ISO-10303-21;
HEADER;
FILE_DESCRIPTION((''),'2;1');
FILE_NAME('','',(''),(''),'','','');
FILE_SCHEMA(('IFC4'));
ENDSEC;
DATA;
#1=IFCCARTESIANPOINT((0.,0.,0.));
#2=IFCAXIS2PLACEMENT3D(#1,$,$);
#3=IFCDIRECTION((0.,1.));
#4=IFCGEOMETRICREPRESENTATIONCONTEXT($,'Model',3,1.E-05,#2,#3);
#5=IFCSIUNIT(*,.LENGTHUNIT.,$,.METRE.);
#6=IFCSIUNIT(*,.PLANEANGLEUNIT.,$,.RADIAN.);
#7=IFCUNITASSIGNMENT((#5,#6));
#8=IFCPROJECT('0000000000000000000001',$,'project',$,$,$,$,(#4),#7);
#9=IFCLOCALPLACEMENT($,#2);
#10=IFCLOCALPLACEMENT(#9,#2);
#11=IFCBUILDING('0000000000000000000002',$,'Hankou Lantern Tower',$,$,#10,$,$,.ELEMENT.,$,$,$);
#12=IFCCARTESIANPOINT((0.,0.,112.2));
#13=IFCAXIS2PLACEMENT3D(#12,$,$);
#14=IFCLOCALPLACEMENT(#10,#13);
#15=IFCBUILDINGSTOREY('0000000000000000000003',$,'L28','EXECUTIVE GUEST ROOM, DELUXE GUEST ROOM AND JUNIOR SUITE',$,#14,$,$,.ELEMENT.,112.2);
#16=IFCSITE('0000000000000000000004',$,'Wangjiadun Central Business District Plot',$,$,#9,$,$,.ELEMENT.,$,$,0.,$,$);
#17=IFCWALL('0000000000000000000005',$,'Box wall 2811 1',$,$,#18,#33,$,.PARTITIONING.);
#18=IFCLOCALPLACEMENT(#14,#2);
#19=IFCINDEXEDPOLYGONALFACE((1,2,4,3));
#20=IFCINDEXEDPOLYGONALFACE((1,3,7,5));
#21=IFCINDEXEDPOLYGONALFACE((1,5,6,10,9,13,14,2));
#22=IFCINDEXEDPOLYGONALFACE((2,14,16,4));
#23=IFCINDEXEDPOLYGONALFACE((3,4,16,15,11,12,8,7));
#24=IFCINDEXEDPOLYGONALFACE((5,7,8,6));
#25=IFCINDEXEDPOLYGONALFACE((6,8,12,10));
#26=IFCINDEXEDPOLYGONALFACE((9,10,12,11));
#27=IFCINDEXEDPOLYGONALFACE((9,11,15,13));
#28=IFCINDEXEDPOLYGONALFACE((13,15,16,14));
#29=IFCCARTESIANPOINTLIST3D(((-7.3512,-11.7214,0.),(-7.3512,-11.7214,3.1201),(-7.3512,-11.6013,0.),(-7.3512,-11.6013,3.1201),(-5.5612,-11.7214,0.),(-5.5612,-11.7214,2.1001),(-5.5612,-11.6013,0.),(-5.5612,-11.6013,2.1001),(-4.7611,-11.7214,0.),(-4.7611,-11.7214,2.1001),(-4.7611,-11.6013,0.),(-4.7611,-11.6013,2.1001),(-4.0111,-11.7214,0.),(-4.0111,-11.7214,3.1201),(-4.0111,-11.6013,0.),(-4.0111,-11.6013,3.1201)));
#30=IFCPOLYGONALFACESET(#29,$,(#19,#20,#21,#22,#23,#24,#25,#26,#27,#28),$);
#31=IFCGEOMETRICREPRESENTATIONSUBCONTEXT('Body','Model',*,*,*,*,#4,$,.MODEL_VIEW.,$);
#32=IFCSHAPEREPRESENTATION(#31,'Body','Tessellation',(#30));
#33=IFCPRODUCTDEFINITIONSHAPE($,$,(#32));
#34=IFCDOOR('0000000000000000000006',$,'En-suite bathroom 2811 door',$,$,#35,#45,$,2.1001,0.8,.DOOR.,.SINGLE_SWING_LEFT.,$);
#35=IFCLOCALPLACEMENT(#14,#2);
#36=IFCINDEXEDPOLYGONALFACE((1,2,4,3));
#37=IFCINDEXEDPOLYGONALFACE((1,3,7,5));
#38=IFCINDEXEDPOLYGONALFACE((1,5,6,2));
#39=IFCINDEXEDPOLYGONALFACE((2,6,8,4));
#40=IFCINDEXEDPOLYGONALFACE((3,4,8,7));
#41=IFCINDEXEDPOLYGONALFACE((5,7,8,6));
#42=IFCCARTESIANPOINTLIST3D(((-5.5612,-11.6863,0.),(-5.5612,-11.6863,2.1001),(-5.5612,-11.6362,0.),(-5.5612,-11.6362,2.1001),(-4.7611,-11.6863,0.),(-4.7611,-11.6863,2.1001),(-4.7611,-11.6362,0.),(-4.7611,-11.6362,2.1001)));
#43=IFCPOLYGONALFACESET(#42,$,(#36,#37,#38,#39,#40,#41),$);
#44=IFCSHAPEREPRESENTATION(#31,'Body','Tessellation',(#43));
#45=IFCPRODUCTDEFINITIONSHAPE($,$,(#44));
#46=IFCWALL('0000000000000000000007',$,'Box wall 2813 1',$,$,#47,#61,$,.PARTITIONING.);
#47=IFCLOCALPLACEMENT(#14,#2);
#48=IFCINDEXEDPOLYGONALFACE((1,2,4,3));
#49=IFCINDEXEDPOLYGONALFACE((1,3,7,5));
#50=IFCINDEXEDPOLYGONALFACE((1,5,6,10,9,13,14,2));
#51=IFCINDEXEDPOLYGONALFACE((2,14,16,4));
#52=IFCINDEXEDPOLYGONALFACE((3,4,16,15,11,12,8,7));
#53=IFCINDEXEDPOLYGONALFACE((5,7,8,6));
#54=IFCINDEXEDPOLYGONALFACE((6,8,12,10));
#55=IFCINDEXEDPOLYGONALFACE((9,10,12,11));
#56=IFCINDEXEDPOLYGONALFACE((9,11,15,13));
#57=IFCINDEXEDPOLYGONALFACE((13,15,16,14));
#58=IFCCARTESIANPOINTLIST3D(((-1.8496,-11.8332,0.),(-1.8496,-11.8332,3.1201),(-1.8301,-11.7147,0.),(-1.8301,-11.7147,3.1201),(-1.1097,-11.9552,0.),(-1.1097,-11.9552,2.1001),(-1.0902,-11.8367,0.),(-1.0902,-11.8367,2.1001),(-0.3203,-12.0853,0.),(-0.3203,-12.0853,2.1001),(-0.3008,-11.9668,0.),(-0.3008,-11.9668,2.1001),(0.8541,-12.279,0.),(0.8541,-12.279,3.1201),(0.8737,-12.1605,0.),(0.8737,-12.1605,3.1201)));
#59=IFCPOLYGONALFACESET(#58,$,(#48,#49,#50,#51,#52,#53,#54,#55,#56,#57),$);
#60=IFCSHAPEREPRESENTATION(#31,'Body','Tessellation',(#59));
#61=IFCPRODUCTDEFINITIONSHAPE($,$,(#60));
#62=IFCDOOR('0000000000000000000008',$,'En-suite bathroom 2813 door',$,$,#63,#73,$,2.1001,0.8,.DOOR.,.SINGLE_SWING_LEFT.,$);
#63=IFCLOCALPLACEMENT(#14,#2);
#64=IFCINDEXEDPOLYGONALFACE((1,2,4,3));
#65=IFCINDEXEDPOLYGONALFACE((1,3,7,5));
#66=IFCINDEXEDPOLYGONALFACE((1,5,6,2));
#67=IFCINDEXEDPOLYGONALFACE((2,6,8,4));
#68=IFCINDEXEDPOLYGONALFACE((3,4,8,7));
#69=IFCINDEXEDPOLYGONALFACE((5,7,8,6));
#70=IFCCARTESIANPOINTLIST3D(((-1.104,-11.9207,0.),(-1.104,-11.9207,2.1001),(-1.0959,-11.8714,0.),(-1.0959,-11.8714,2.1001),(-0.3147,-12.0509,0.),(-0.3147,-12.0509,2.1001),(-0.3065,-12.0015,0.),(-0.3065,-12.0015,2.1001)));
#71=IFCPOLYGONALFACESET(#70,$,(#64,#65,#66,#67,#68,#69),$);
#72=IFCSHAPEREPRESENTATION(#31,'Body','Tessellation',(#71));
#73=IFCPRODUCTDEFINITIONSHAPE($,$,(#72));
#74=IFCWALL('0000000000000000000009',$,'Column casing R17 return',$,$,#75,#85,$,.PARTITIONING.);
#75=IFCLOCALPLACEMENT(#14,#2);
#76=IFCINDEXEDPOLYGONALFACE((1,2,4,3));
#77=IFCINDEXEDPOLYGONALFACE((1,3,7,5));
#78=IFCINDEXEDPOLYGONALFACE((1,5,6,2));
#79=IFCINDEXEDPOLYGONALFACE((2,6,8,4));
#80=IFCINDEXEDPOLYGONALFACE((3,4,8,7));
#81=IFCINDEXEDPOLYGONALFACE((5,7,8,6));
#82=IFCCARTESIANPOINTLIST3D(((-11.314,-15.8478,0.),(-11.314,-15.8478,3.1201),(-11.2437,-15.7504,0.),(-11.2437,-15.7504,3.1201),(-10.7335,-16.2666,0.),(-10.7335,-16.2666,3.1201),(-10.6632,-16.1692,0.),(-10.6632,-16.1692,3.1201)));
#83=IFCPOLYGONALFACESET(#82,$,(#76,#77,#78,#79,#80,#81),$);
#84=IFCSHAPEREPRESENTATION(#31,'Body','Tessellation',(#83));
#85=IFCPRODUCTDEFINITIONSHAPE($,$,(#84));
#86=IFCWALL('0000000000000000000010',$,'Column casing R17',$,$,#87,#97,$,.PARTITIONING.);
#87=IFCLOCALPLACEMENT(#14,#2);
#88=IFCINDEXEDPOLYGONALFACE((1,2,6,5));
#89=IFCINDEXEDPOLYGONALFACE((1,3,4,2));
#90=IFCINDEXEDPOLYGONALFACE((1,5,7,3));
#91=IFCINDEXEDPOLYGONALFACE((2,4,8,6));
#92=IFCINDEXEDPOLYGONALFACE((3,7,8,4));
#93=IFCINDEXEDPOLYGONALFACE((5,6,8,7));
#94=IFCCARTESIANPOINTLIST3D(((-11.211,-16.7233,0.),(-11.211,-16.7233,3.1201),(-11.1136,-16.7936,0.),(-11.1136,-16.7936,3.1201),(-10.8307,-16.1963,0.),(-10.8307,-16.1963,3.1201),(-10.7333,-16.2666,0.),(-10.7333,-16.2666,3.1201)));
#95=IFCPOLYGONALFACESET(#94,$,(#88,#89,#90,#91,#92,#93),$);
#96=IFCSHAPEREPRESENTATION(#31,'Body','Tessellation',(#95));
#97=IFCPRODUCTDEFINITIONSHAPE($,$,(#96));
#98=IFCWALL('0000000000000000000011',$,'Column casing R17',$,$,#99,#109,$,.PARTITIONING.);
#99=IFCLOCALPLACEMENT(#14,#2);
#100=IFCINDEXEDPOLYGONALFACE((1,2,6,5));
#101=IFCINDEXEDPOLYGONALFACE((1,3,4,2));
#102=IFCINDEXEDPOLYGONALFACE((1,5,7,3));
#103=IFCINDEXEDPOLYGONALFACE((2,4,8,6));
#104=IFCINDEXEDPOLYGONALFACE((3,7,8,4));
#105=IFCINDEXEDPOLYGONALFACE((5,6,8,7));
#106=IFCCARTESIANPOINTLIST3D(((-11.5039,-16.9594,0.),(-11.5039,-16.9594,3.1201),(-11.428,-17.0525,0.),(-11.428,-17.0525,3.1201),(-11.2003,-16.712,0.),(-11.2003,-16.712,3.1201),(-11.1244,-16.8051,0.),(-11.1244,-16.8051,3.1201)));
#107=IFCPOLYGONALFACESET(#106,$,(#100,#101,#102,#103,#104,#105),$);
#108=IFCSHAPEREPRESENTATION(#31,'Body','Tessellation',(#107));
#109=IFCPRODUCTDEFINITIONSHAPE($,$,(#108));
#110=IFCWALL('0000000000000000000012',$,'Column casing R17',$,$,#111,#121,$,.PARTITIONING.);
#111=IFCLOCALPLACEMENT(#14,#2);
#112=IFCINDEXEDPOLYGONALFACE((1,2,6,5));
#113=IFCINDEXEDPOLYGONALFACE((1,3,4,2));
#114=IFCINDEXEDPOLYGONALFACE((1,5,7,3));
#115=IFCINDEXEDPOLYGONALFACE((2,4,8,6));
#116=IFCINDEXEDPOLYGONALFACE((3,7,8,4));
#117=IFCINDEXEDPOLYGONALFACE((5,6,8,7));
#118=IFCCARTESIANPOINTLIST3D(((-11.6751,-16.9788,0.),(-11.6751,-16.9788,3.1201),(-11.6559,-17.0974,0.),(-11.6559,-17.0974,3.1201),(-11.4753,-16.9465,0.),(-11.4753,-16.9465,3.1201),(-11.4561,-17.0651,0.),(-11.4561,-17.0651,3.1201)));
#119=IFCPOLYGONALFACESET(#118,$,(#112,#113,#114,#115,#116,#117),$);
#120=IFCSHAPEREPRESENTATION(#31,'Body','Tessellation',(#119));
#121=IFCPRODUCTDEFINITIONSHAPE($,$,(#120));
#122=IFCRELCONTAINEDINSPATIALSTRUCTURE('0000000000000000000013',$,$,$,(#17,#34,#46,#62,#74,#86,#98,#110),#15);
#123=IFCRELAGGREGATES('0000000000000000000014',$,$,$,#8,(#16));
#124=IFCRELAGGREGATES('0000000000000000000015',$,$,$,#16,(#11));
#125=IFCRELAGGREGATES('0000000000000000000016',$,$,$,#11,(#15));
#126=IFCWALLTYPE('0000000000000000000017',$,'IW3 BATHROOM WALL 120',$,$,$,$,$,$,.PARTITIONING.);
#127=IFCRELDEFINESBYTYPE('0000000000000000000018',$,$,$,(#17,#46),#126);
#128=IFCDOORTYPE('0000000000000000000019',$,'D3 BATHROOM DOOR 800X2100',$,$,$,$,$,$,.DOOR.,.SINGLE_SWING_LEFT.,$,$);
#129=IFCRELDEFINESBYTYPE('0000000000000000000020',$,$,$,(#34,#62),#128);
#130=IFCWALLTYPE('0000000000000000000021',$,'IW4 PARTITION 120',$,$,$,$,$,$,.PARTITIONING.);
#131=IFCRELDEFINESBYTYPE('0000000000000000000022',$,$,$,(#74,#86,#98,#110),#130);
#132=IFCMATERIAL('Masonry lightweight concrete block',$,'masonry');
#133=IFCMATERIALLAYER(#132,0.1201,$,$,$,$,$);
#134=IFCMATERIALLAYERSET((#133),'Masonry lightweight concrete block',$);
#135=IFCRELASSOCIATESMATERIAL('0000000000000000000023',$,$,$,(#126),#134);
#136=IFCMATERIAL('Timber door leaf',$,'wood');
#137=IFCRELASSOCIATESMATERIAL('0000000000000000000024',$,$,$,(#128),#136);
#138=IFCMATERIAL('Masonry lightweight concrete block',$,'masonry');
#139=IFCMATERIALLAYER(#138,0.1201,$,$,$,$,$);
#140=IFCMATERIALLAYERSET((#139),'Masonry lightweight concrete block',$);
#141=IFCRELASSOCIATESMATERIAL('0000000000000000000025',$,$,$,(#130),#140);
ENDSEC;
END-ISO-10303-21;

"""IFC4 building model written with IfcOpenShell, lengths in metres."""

from ifc_helpers import new_model, si_unit, direction, frame, frame_2d, origin, place, context, subcontext, project, spatial, rectangle, extrude, material, layer, layer_set, type_object, element, fill, save


model = new_model("IFC4")

# Units and contexts
model_context = context("Model", 3, precision=1e-05, world=origin(), true_north=direction((0.0, 1.0)))
body_context = subcontext(model_context, "Body", "Model", "MODEL_VIEW")
ifc_project = project(units=[si_unit("LENGTHUNIT", "METRE"), si_unit("PLANEANGLEUNIT", "RADIAN")], contexts=[model_context])

# Site, building, storey
site_placement = place(None, origin())
site = spatial("IfcSite", under=ifc_project, at=site_placement, Name="Wangjiadun Central Business District Plot", CompositionType="ELEMENT", RefElevation=0.0)
building_placement = place(site_placement, origin())
building = spatial("IfcBuilding", under=site, at=building_placement, Name="Hankou Lantern Tower", CompositionType="ELEMENT")
storey_placement = place(building_placement, frame((0.0, 0.0, 112.2)))
storey = spatial("IfcBuildingStorey", under=building, at=storey_placement, Name="L28", Description="EXECUTIVE GUEST ROOM, DELUXE GUEST ROOM AND JUNIOR SUITE", CompositionType="ELEMENT", Elevation=112.2)

# Walls, openings, doors
ifc_material_1 = material(Name="Masonry lightweight concrete block", Category="masonry")
ifc_layer_1 = layer(ifc_material_1, 0.1201)
ifc_layer_set_1 = layer_set([ifc_layer_1], Name="Masonry lightweight concrete block")
wall_type_1 = type_object("IfcWallType", Name="IW3 BATHROOM WALL 120", PredefinedType="PARTITIONING", material=ifc_layer_set_1)
wall_1_placement = place(storey_placement, frame((-4.0112, -11.6614, 0.0), z_axis=(0.0, 0.0, 1.0), x_axis=(-1.0, 0.0, 0.0)))
wall_1 = element("IfcWall", 1, at=wall_1_placement, inside=storey, type_object=wall_type_1, Name="Box wall 2811 1", PredefinedType="PARTITIONING", context=body_context, shape_type="SweptSolid", body=[
    extrude(rectangle(XDim=3.3401, YDim=0.1201, at=frame_2d((1.6699, 0.0))), origin(), (0.0, 0.0, 1.0), 3.1201),
])
opening_1_placement = place(wall_1_placement, frame((0.75, 0.0, 0.0)))
opening_1 = element("IfcOpeningElement", 2, at=opening_1_placement, cuts=wall_1, PredefinedType="OPENING", context=body_context, shape_type="SweptSolid", body=[
    extrude(rectangle(XDim=0.8, YDim=2.1001, at=frame_2d((0.3999, 1.05))), frame((0.0, 0.0701, 0.0), z_axis=(0.0, -1.0, 0.0), x_axis=(1.0, 0.0, 0.0)), (0.0, 0.0, 1.0), 0.1401),
])
ifc_material_2 = material(Name="Timber door leaf", Category="wood")
door_type = type_object("IfcDoorType", Name="D3 BATHROOM DOOR 800X2100", OperationType="SINGLE_SWING_LEFT", PredefinedType="DOOR", material=ifc_material_2)
door_1_placement = place(opening_1_placement, origin())
door_1 = element("IfcDoor", 3, at=door_1_placement, inside=storey, type_object=door_type, Name="En-suite bathroom 2811 door", OperationType="SINGLE_SWING_LEFT", OverallHeight=2.1001, OverallWidth=0.8, PredefinedType="DOOR", context=body_context, shape_type="SweptSolid", body=[
    extrude(rectangle(XDim=0.8, YDim=2.1001, at=frame_2d((0.3999, 1.05))), frame((0.0, 0.0249, 0.0), z_axis=(0.0, -1.0, 0.0), x_axis=(1.0, 0.0, 0.0)), (0.0, 0.0, 1.0), 0.05),
])
fill(opening_1, door_1)
wall_2_placement = place(storey_placement, frame((-1.8398, -11.7739, 0.0), z_axis=(0.0, 0.0, 1.0), x_axis=(0.986677, -0.162694, 0.0)))
wall_2 = element("IfcWall", 4, at=wall_2_placement, inside=storey, type_object=wall_type_1, Name="Box wall 2813 1", PredefinedType="PARTITIONING", context=body_context, shape_type="SweptSolid", body=[
    extrude(rectangle(XDim=2.7402, YDim=0.1201, at=frame_2d((1.3701, 0.0))), origin(), (0.0, 0.0, 1.0), 3.1201),
])
opening_2_placement = place(wall_2_placement, frame((0.75, 0.0, 0.0)))
opening_2 = element("IfcOpeningElement", 5, at=opening_2_placement, cuts=wall_2, PredefinedType="OPENING", context=body_context, shape_type="SweptSolid", body=[
    extrude(rectangle(XDim=0.8, YDim=2.1001, at=frame_2d((0.3999, 1.05))), frame((0.0, 0.0701, 0.0), z_axis=(0.0, -1.0, 0.0), x_axis=(1.0, 0.0, 0.0)), (0.0, 0.0, 1.0), 0.1401),
])
door_2_placement = place(opening_2_placement, origin())
door_2 = element("IfcDoor", 6, at=door_2_placement, inside=storey, type_object=door_type, Name="En-suite bathroom 2813 door", OperationType="SINGLE_SWING_LEFT", OverallHeight=2.1001, OverallWidth=0.8, PredefinedType="DOOR", context=body_context, shape_type="SweptSolid", body=[
    extrude(rectangle(XDim=0.8, YDim=2.1001, at=frame_2d((0.3999, 1.05))), frame((0.0, 0.0249, 0.0), z_axis=(0.0, -1.0, 0.0), x_axis=(1.0, 0.0, 0.0)), (0.0, 0.0, 1.0), 0.05),
])
fill(opening_2, door_2)

# Walls
ifc_material_3 = material(Name="Masonry lightweight concrete block", Category="masonry")
ifc_layer_2 = layer(ifc_material_3, 0.1201)
ifc_layer_set_2 = layer_set([ifc_layer_2], Name="Masonry lightweight concrete block")
wall_type_2 = type_object("IfcWallType", Name="IW4 PARTITION 120", PredefinedType="PARTITIONING", material=ifc_layer_set_2)
wall_3_placement = place(storey_placement, frame((-11.2788, -15.7991, 0.0), z_axis=(0.0, 0.0, 1.0), x_axis=(0.810913, -0.585167, 0.0)))
element("IfcWall", 7, at=wall_3_placement, inside=storey, type_object=wall_type_2, Name="Column casing R17 return", PredefinedType="PARTITIONING", context=body_context, shape_type="SweptSolid", body=[
    extrude(rectangle(XDim=0.7158, YDim=0.1201, at=frame_2d((0.3579, 0.0))), origin(), (0.0, 0.0, 1.0), 3.1201),
])
wall_4_placement = place(storey_placement, frame((-10.782, -16.2314, 0.0), z_axis=(0.0, 0.0, 1.0), x_axis=(-0.585175, -0.810907, 0.0)))
element("IfcWall", 8, at=wall_4_placement, inside=storey, type_object=wall_type_2, Name="Column casing R17", PredefinedType="PARTITIONING", context=body_context, shape_type="SweptSolid", body=[
    extrude(rectangle(XDim=0.6499, YDim=0.1201, at=frame_2d((0.325, 0.0))), origin(), (0.0, 0.0, 1.0), 3.1201),
])
wall_5_placement = place(storey_placement, frame((-11.1624, -16.7585, 0.0), z_axis=(0.0, 0.0, 1.0), x_axis=(-0.775178, -0.631742, 0.0)))
element("IfcWall", 9, at=wall_5_placement, inside=storey, type_object=wall_type_2, Name="Column casing R17", PredefinedType="PARTITIONING", context=body_context, shape_type="SweptSolid", body=[
    extrude(rectangle(XDim=0.3916, YDim=0.1201, at=frame_2d((0.1958, 0.0))), origin(), (0.0, 0.0, 1.0), 3.1201),
])
wall_6_placement = place(storey_placement, frame((-11.4658, -17.0059, 0.0), z_axis=(0.0, 0.0, 1.0), x_axis=(-0.987229, -0.159308, 0.0)))
element("IfcWall", 10, at=wall_6_placement, inside=storey, type_object=wall_type_2, Name="Column casing R17", PredefinedType="PARTITIONING", context=body_context, shape_type="SweptSolid", body=[
    extrude(rectangle(XDim=0.2024, YDim=0.1201, at=frame_2d((0.1011, 0.0))), origin(), (0.0, 0.0, 1.0), 3.1201),
])

save(model, "model.ifc")
